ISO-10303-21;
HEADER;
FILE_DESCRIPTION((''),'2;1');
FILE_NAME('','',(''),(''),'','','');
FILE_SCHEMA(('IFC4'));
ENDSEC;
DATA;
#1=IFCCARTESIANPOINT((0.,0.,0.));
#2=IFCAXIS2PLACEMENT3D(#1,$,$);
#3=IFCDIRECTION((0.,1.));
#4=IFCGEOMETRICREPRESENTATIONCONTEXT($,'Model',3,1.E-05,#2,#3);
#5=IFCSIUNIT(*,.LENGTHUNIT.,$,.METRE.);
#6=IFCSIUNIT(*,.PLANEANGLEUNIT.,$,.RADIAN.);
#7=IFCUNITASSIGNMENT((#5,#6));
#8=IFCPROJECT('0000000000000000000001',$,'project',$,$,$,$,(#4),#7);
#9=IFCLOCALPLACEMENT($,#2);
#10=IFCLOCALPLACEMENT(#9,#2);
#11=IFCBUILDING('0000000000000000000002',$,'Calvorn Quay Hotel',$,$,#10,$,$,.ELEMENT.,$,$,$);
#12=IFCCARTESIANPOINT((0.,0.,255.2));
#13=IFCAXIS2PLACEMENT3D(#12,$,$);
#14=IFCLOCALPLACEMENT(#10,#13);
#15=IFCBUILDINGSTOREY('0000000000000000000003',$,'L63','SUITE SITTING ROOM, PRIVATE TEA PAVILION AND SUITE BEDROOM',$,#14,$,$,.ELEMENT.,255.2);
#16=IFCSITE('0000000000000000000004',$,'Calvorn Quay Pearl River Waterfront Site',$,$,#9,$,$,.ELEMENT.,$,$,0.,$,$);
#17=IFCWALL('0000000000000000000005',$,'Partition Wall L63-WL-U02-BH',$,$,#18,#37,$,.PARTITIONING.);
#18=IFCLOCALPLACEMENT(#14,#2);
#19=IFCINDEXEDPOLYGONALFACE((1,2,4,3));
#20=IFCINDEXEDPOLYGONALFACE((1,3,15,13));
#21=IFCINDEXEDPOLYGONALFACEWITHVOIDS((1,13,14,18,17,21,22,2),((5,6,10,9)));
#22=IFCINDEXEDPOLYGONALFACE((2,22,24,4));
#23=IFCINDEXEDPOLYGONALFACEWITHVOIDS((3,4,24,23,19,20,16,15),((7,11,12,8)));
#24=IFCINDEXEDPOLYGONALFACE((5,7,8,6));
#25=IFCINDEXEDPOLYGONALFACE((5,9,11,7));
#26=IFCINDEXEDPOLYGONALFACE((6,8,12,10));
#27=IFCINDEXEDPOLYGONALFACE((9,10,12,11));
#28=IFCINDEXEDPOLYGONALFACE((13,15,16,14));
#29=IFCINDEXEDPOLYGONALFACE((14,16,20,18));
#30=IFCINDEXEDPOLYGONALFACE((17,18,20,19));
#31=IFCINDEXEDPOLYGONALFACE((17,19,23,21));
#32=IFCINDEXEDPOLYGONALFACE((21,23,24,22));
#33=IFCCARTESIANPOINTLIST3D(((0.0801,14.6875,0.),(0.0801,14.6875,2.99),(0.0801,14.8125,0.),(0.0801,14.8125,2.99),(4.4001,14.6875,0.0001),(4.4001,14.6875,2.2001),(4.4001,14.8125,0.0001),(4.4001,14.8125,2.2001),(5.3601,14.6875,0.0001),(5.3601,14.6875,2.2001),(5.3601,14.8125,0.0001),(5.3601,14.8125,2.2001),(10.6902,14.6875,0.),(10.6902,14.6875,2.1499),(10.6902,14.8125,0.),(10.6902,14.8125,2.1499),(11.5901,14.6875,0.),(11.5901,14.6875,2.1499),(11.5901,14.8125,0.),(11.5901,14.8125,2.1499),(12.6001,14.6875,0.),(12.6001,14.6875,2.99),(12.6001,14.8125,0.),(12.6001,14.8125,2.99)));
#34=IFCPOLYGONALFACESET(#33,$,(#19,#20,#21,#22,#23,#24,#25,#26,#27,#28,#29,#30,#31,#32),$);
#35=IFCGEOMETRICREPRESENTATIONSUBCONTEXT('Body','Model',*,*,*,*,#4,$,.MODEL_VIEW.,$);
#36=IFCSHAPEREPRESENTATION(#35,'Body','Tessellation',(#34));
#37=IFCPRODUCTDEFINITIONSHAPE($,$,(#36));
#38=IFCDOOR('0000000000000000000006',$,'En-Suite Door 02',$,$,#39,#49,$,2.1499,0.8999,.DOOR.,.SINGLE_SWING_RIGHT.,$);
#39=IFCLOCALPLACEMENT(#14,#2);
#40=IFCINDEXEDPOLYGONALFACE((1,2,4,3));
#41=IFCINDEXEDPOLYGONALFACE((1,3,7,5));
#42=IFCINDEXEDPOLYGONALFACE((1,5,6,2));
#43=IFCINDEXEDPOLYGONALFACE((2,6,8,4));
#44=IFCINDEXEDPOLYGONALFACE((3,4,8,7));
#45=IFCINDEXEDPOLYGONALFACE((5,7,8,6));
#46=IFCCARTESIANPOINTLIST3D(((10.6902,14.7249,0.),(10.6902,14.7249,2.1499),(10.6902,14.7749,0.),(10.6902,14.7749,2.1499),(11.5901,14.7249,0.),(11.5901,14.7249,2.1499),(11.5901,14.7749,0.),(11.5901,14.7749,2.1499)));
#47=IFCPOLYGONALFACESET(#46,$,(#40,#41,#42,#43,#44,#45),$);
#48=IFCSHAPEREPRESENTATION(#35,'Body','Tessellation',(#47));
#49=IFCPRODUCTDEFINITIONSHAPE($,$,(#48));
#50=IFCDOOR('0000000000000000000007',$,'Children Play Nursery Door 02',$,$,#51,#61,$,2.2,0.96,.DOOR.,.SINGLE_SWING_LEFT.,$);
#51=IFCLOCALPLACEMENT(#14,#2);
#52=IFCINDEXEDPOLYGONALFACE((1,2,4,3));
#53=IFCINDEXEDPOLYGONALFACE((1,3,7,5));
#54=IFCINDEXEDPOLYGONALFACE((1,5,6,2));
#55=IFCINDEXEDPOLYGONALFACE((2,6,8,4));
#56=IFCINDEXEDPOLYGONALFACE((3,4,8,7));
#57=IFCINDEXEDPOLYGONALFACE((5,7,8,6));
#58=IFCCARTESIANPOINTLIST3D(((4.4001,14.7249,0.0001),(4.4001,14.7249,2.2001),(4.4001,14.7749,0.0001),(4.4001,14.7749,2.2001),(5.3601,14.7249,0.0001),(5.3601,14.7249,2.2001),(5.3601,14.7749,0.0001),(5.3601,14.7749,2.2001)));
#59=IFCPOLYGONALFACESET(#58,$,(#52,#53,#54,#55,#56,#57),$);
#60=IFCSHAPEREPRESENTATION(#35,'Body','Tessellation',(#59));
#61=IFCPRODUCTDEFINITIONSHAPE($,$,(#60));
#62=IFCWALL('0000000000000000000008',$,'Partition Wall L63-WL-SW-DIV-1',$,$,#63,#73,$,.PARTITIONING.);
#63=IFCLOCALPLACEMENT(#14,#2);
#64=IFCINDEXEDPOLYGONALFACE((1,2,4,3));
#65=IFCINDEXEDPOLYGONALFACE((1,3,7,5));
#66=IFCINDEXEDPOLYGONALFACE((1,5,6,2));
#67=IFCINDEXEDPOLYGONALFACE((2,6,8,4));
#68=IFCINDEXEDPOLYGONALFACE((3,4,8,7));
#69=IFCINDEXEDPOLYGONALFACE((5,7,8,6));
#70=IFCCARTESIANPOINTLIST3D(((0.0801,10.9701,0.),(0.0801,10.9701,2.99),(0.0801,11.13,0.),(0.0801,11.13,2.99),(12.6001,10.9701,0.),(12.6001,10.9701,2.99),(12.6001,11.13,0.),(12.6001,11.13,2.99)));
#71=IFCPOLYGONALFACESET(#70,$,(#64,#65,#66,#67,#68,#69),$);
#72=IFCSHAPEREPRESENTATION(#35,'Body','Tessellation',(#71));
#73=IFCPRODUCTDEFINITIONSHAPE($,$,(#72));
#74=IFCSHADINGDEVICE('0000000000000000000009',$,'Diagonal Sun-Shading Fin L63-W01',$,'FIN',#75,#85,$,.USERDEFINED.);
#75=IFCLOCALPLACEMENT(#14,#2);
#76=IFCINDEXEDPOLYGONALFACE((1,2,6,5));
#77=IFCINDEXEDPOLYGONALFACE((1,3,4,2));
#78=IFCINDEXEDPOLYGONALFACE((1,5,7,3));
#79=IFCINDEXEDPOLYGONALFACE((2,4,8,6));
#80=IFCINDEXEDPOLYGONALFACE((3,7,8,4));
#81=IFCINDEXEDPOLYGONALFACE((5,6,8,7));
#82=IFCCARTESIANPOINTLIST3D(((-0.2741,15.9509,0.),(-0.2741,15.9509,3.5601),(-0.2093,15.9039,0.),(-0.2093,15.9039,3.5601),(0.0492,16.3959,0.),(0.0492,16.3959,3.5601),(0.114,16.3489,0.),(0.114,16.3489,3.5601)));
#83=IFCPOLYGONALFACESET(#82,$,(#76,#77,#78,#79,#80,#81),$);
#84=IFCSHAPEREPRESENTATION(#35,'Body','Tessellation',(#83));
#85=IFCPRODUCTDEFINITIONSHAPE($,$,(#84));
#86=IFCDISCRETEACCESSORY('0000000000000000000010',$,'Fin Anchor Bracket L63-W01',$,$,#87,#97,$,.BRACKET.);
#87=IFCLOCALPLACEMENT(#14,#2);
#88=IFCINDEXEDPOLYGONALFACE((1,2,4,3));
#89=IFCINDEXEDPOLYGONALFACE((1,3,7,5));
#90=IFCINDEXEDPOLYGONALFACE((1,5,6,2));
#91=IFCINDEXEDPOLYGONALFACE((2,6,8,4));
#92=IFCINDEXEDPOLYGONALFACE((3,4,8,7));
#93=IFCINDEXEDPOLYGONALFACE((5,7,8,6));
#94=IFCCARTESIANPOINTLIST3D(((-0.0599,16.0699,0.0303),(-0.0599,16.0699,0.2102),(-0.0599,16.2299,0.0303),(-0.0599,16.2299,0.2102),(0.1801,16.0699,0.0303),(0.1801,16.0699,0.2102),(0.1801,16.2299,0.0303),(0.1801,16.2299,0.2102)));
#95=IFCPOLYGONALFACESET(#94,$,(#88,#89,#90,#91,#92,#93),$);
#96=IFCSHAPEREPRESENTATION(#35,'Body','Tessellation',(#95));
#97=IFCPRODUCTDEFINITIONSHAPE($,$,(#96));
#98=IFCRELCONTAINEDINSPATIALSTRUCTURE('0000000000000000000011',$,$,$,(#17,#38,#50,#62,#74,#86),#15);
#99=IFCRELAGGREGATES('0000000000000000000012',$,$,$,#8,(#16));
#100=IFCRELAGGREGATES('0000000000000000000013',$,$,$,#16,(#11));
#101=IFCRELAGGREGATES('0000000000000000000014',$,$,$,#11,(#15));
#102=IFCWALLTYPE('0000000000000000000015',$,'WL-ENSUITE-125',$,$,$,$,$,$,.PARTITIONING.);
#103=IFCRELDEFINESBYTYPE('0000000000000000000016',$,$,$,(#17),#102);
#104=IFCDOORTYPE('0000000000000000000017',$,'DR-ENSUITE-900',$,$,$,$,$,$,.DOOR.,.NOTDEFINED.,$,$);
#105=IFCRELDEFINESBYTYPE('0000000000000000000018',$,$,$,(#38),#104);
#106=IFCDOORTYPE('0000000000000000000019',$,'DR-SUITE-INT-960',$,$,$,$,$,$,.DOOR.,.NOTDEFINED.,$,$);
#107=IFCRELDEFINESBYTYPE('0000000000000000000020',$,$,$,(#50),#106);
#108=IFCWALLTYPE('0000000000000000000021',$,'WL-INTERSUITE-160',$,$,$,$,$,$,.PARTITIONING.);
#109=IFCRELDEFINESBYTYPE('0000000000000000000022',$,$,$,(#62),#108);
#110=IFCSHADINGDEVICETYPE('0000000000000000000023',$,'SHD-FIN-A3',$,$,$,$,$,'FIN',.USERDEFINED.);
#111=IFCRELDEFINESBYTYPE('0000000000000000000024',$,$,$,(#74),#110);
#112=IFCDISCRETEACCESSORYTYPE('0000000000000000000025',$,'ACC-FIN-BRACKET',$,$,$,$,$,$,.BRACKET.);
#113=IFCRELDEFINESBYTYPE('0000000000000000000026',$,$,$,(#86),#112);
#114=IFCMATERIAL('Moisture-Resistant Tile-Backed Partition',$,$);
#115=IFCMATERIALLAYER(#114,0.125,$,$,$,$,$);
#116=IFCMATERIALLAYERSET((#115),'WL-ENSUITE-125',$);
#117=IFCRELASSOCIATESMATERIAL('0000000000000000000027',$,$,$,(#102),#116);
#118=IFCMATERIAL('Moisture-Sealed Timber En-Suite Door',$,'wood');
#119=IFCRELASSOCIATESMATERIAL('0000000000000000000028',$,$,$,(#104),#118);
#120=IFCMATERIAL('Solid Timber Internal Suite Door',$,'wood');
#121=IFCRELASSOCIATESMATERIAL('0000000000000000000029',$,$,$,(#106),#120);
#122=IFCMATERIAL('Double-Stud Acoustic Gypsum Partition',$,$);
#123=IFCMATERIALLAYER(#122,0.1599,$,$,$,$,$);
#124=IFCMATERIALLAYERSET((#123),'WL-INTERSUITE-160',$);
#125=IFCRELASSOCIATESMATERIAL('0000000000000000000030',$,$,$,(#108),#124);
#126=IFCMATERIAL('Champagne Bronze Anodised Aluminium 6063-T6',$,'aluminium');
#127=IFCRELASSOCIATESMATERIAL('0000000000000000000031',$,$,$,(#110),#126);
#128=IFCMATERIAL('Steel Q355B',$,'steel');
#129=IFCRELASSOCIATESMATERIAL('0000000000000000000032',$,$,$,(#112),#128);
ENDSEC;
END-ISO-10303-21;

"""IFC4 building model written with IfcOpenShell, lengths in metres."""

from ifc_helpers import new_model, si_unit, direction, frame, frame_2d, origin, origin_2d, place, context, subcontext, project, spatial, rectangle, extrude, material, layer, layer_set, type_object, element, fill, save


model = new_model("IFC4")

# Units and contexts
model_context = context("Model", 3, precision=1e-05, world=origin(), true_north=direction((0.0, 1.0)))
body_context = subcontext(model_context, "Body", "Model", "MODEL_VIEW")
ifc_project = project(units=[si_unit("LENGTHUNIT", "METRE"), si_unit("PLANEANGLEUNIT", "RADIAN")], contexts=[model_context])

# Site, building, storey
site_placement = place(None, origin())
site = spatial("IfcSite", under=ifc_project, at=site_placement, Name="Calvorn Quay Pearl River Waterfront Site", CompositionType="ELEMENT", RefElevation=0.0)
building_placement = place(site_placement, origin())
building = spatial("IfcBuilding", under=site, at=building_placement, Name="Calvorn Quay Hotel", CompositionType="ELEMENT")
storey_placement = place(building_placement, frame((0.0, 0.0, 255.2)))
storey = spatial("IfcBuildingStorey", under=building, at=storey_placement, Name="L63", Description="SUITE SITTING ROOM, PRIVATE TEA PAVILION AND SUITE BEDROOM", CompositionType="ELEMENT", Elevation=255.2)

# Wall, openings, doors
ifc_material_1 = material(Name="Moisture-Resistant Tile-Backed Partition")
ifc_layer_1 = layer(ifc_material_1, 0.125)
ifc_layer_set_1 = layer_set([ifc_layer_1], Name="WL-ENSUITE-125")
wall_type_1 = type_object("IfcWallType", Name="WL-ENSUITE-125", PredefinedType="PARTITIONING", material=ifc_layer_set_1)
ifc_material_2 = material(Name="Moisture-Sealed Timber En-Suite Door", Category="wood")
door_type_1 = type_object("IfcDoorType", Name="DR-ENSUITE-900", OperationType="NOTDEFINED", PredefinedType="DOOR", material=ifc_material_2)
ifc_material_3 = material(Name="Solid Timber Internal Suite Door", Category="wood")
door_type_2 = type_object("IfcDoorType", Name="DR-SUITE-INT-960", OperationType="NOTDEFINED", PredefinedType="DOOR", material=ifc_material_3)
wall_1_placement = place(storey_placement, frame((0.0801, 14.75, 0.0), z_axis=(0.0, 0.0, 1.0), x_axis=(1.0, 0.0, 0.0)))
wall_1 = element("IfcWall", 1, at=wall_1_placement, inside=storey, type_object=wall_type_1, Name="Partition Wall L63-WL-U02-BH", PredefinedType="PARTITIONING", context=body_context, shape_type="SweptSolid", body=[
    extrude(rectangle(XDim=12.52, YDim=0.125, at=frame_2d((6.26, 0.0))), origin(), (0.0, 0.0, 1.0), 2.99),
])
opening_1_placement = place(wall_1_placement, frame((4.3201, 0.0, 0.0)))
opening_1 = element("IfcOpeningElement", 2, at=opening_1_placement, cuts=wall_1, PredefinedType="OPENING", context=body_context, shape_type="SweptSolid", body=[
    extrude(rectangle(XDim=0.96, YDim=2.2, at=frame_2d((0.48, 1.1001))), frame((0.0, 0.0725, 0.0), z_axis=(0.0, -1.0, 0.0), x_axis=(1.0, 0.0, 0.0)), (0.0, 0.0, 1.0), 0.145),
])
opening_2_placement = place(wall_1_placement, frame((10.6101, 0.0, 0.0)))
opening_2 = element("IfcOpeningElement", 3, at=opening_2_placement, cuts=wall_1, PredefinedType="OPENING", context=body_context, shape_type="SweptSolid", body=[
    extrude(rectangle(XDim=0.8999, YDim=2.1499, at=frame_2d((0.45, 1.075))), frame((0.0, 0.0725, 0.0), z_axis=(0.0, -1.0, 0.0), x_axis=(1.0, 0.0, 0.0)), (0.0, 0.0, 1.0), 0.145),
])
door_1_placement = place(opening_2_placement, origin())
door_1 = element("IfcDoor", 4, at=door_1_placement, inside=storey, type_object=door_type_1, Name="En-Suite Door 02", OperationType="SINGLE_SWING_RIGHT", OverallHeight=2.1499, OverallWidth=0.8999, PredefinedType="DOOR", context=body_context, shape_type="SweptSolid", body=[
    extrude(rectangle(XDim=0.8999, YDim=2.1499, at=frame_2d((0.45, 1.075))), frame((0.0, 0.0249, 0.0), z_axis=(0.0, -1.0, 0.0), x_axis=(1.0, 0.0, 0.0)), (0.0, 0.0, 1.0), 0.05),
])
fill(opening_2, door_1)
door_2_placement = place(opening_1_placement, origin())
door_2 = element("IfcDoor", 5, at=door_2_placement, inside=storey, type_object=door_type_2, Name="Children Play Nursery Door 02", OperationType="SINGLE_SWING_LEFT", OverallHeight=2.2, OverallWidth=0.96, PredefinedType="DOOR", context=body_context, shape_type="SweptSolid", body=[
    extrude(rectangle(XDim=0.96, YDim=2.2, at=frame_2d((0.48, 1.1001))), frame((0.0, 0.0249, 0.0), z_axis=(0.0, -1.0, 0.0), x_axis=(1.0, 0.0, 0.0)), (0.0, 0.0, 1.0), 0.05),
])
fill(opening_1, door_2)

# Wall
ifc_material_4 = material(Name="Double-Stud Acoustic Gypsum Partition")
ifc_layer_2 = layer(ifc_material_4, 0.1599)
ifc_layer_set_2 = layer_set([ifc_layer_2], Name="WL-INTERSUITE-160")
wall_type_2 = type_object("IfcWallType", Name="WL-INTERSUITE-160", PredefinedType="PARTITIONING", material=ifc_layer_set_2)
wall_2_placement = place(storey_placement, frame((0.0801, 11.05, 0.0), z_axis=(0.0, 0.0, 1.0), x_axis=(1.0, 0.0, 0.0)))
element("IfcWall", 6, at=wall_2_placement, inside=storey, type_object=wall_type_2, Name="Partition Wall L63-WL-SW-DIV-1", PredefinedType="PARTITIONING", context=body_context, shape_type="SweptSolid", body=[
    extrude(rectangle(XDim=12.52, YDim=0.1599, at=frame_2d((6.26, 0.0))), origin(), (0.0, 0.0, 1.0), 2.99),
])

# Shading device
ifc_material_5 = material(Name="Champagne Bronze Anodised Aluminium 6063-T6", Category="aluminium")
shading_device_type = type_object("IfcShadingDeviceType", Name="SHD-FIN-A3", ElementType="FIN", PredefinedType="USERDEFINED", material=ifc_material_5)
shading_device_placement = place(storey_placement, frame((-0.0801, 16.1499, 0.0), z_axis=(0.0, 0.0, 1.0), x_axis=(0.587785, 0.809017, 0.0)))
element("IfcShadingDevice", 7, at=shading_device_placement, inside=storey, type_object=shading_device_type, Name="Diagonal Sun-Shading Fin L63-W01", ObjectType="FIN", PredefinedType="USERDEFINED", context=body_context, shape_type="SweptSolid", body=[
    extrude(rectangle(XDim=0.55, YDim=0.0801, at=origin_2d()), origin(), (0.0, 0.0, 1.0), 3.5601),
])

# Discrete accessory
ifc_material_6 = material(Name="Steel Q355B", Category="steel")
discrete_accessory_type = type_object("IfcDiscreteAccessoryType", Name="ACC-FIN-BRACKET", PredefinedType="BRACKET", material=ifc_material_6)
discrete_accessory_placement = place(storey_placement, frame((0.0601, 16.1499, 0.0303), z_axis=(0.0, 0.0, 1.0), x_axis=(1.0, 0.0, 0.0)))
element("IfcDiscreteAccessory", 8, at=discrete_accessory_placement, inside=storey, type_object=discrete_accessory_type, Name="Fin Anchor Bracket L63-W01", PredefinedType="BRACKET", context=body_context, shape_type="SweptSolid", body=[
    extrude(rectangle(XDim=0.24, YDim=0.1599, at=origin_2d()), origin(), (0.0, 0.0, 1.0), 0.1799),
])

save(model, "model.ifc")
